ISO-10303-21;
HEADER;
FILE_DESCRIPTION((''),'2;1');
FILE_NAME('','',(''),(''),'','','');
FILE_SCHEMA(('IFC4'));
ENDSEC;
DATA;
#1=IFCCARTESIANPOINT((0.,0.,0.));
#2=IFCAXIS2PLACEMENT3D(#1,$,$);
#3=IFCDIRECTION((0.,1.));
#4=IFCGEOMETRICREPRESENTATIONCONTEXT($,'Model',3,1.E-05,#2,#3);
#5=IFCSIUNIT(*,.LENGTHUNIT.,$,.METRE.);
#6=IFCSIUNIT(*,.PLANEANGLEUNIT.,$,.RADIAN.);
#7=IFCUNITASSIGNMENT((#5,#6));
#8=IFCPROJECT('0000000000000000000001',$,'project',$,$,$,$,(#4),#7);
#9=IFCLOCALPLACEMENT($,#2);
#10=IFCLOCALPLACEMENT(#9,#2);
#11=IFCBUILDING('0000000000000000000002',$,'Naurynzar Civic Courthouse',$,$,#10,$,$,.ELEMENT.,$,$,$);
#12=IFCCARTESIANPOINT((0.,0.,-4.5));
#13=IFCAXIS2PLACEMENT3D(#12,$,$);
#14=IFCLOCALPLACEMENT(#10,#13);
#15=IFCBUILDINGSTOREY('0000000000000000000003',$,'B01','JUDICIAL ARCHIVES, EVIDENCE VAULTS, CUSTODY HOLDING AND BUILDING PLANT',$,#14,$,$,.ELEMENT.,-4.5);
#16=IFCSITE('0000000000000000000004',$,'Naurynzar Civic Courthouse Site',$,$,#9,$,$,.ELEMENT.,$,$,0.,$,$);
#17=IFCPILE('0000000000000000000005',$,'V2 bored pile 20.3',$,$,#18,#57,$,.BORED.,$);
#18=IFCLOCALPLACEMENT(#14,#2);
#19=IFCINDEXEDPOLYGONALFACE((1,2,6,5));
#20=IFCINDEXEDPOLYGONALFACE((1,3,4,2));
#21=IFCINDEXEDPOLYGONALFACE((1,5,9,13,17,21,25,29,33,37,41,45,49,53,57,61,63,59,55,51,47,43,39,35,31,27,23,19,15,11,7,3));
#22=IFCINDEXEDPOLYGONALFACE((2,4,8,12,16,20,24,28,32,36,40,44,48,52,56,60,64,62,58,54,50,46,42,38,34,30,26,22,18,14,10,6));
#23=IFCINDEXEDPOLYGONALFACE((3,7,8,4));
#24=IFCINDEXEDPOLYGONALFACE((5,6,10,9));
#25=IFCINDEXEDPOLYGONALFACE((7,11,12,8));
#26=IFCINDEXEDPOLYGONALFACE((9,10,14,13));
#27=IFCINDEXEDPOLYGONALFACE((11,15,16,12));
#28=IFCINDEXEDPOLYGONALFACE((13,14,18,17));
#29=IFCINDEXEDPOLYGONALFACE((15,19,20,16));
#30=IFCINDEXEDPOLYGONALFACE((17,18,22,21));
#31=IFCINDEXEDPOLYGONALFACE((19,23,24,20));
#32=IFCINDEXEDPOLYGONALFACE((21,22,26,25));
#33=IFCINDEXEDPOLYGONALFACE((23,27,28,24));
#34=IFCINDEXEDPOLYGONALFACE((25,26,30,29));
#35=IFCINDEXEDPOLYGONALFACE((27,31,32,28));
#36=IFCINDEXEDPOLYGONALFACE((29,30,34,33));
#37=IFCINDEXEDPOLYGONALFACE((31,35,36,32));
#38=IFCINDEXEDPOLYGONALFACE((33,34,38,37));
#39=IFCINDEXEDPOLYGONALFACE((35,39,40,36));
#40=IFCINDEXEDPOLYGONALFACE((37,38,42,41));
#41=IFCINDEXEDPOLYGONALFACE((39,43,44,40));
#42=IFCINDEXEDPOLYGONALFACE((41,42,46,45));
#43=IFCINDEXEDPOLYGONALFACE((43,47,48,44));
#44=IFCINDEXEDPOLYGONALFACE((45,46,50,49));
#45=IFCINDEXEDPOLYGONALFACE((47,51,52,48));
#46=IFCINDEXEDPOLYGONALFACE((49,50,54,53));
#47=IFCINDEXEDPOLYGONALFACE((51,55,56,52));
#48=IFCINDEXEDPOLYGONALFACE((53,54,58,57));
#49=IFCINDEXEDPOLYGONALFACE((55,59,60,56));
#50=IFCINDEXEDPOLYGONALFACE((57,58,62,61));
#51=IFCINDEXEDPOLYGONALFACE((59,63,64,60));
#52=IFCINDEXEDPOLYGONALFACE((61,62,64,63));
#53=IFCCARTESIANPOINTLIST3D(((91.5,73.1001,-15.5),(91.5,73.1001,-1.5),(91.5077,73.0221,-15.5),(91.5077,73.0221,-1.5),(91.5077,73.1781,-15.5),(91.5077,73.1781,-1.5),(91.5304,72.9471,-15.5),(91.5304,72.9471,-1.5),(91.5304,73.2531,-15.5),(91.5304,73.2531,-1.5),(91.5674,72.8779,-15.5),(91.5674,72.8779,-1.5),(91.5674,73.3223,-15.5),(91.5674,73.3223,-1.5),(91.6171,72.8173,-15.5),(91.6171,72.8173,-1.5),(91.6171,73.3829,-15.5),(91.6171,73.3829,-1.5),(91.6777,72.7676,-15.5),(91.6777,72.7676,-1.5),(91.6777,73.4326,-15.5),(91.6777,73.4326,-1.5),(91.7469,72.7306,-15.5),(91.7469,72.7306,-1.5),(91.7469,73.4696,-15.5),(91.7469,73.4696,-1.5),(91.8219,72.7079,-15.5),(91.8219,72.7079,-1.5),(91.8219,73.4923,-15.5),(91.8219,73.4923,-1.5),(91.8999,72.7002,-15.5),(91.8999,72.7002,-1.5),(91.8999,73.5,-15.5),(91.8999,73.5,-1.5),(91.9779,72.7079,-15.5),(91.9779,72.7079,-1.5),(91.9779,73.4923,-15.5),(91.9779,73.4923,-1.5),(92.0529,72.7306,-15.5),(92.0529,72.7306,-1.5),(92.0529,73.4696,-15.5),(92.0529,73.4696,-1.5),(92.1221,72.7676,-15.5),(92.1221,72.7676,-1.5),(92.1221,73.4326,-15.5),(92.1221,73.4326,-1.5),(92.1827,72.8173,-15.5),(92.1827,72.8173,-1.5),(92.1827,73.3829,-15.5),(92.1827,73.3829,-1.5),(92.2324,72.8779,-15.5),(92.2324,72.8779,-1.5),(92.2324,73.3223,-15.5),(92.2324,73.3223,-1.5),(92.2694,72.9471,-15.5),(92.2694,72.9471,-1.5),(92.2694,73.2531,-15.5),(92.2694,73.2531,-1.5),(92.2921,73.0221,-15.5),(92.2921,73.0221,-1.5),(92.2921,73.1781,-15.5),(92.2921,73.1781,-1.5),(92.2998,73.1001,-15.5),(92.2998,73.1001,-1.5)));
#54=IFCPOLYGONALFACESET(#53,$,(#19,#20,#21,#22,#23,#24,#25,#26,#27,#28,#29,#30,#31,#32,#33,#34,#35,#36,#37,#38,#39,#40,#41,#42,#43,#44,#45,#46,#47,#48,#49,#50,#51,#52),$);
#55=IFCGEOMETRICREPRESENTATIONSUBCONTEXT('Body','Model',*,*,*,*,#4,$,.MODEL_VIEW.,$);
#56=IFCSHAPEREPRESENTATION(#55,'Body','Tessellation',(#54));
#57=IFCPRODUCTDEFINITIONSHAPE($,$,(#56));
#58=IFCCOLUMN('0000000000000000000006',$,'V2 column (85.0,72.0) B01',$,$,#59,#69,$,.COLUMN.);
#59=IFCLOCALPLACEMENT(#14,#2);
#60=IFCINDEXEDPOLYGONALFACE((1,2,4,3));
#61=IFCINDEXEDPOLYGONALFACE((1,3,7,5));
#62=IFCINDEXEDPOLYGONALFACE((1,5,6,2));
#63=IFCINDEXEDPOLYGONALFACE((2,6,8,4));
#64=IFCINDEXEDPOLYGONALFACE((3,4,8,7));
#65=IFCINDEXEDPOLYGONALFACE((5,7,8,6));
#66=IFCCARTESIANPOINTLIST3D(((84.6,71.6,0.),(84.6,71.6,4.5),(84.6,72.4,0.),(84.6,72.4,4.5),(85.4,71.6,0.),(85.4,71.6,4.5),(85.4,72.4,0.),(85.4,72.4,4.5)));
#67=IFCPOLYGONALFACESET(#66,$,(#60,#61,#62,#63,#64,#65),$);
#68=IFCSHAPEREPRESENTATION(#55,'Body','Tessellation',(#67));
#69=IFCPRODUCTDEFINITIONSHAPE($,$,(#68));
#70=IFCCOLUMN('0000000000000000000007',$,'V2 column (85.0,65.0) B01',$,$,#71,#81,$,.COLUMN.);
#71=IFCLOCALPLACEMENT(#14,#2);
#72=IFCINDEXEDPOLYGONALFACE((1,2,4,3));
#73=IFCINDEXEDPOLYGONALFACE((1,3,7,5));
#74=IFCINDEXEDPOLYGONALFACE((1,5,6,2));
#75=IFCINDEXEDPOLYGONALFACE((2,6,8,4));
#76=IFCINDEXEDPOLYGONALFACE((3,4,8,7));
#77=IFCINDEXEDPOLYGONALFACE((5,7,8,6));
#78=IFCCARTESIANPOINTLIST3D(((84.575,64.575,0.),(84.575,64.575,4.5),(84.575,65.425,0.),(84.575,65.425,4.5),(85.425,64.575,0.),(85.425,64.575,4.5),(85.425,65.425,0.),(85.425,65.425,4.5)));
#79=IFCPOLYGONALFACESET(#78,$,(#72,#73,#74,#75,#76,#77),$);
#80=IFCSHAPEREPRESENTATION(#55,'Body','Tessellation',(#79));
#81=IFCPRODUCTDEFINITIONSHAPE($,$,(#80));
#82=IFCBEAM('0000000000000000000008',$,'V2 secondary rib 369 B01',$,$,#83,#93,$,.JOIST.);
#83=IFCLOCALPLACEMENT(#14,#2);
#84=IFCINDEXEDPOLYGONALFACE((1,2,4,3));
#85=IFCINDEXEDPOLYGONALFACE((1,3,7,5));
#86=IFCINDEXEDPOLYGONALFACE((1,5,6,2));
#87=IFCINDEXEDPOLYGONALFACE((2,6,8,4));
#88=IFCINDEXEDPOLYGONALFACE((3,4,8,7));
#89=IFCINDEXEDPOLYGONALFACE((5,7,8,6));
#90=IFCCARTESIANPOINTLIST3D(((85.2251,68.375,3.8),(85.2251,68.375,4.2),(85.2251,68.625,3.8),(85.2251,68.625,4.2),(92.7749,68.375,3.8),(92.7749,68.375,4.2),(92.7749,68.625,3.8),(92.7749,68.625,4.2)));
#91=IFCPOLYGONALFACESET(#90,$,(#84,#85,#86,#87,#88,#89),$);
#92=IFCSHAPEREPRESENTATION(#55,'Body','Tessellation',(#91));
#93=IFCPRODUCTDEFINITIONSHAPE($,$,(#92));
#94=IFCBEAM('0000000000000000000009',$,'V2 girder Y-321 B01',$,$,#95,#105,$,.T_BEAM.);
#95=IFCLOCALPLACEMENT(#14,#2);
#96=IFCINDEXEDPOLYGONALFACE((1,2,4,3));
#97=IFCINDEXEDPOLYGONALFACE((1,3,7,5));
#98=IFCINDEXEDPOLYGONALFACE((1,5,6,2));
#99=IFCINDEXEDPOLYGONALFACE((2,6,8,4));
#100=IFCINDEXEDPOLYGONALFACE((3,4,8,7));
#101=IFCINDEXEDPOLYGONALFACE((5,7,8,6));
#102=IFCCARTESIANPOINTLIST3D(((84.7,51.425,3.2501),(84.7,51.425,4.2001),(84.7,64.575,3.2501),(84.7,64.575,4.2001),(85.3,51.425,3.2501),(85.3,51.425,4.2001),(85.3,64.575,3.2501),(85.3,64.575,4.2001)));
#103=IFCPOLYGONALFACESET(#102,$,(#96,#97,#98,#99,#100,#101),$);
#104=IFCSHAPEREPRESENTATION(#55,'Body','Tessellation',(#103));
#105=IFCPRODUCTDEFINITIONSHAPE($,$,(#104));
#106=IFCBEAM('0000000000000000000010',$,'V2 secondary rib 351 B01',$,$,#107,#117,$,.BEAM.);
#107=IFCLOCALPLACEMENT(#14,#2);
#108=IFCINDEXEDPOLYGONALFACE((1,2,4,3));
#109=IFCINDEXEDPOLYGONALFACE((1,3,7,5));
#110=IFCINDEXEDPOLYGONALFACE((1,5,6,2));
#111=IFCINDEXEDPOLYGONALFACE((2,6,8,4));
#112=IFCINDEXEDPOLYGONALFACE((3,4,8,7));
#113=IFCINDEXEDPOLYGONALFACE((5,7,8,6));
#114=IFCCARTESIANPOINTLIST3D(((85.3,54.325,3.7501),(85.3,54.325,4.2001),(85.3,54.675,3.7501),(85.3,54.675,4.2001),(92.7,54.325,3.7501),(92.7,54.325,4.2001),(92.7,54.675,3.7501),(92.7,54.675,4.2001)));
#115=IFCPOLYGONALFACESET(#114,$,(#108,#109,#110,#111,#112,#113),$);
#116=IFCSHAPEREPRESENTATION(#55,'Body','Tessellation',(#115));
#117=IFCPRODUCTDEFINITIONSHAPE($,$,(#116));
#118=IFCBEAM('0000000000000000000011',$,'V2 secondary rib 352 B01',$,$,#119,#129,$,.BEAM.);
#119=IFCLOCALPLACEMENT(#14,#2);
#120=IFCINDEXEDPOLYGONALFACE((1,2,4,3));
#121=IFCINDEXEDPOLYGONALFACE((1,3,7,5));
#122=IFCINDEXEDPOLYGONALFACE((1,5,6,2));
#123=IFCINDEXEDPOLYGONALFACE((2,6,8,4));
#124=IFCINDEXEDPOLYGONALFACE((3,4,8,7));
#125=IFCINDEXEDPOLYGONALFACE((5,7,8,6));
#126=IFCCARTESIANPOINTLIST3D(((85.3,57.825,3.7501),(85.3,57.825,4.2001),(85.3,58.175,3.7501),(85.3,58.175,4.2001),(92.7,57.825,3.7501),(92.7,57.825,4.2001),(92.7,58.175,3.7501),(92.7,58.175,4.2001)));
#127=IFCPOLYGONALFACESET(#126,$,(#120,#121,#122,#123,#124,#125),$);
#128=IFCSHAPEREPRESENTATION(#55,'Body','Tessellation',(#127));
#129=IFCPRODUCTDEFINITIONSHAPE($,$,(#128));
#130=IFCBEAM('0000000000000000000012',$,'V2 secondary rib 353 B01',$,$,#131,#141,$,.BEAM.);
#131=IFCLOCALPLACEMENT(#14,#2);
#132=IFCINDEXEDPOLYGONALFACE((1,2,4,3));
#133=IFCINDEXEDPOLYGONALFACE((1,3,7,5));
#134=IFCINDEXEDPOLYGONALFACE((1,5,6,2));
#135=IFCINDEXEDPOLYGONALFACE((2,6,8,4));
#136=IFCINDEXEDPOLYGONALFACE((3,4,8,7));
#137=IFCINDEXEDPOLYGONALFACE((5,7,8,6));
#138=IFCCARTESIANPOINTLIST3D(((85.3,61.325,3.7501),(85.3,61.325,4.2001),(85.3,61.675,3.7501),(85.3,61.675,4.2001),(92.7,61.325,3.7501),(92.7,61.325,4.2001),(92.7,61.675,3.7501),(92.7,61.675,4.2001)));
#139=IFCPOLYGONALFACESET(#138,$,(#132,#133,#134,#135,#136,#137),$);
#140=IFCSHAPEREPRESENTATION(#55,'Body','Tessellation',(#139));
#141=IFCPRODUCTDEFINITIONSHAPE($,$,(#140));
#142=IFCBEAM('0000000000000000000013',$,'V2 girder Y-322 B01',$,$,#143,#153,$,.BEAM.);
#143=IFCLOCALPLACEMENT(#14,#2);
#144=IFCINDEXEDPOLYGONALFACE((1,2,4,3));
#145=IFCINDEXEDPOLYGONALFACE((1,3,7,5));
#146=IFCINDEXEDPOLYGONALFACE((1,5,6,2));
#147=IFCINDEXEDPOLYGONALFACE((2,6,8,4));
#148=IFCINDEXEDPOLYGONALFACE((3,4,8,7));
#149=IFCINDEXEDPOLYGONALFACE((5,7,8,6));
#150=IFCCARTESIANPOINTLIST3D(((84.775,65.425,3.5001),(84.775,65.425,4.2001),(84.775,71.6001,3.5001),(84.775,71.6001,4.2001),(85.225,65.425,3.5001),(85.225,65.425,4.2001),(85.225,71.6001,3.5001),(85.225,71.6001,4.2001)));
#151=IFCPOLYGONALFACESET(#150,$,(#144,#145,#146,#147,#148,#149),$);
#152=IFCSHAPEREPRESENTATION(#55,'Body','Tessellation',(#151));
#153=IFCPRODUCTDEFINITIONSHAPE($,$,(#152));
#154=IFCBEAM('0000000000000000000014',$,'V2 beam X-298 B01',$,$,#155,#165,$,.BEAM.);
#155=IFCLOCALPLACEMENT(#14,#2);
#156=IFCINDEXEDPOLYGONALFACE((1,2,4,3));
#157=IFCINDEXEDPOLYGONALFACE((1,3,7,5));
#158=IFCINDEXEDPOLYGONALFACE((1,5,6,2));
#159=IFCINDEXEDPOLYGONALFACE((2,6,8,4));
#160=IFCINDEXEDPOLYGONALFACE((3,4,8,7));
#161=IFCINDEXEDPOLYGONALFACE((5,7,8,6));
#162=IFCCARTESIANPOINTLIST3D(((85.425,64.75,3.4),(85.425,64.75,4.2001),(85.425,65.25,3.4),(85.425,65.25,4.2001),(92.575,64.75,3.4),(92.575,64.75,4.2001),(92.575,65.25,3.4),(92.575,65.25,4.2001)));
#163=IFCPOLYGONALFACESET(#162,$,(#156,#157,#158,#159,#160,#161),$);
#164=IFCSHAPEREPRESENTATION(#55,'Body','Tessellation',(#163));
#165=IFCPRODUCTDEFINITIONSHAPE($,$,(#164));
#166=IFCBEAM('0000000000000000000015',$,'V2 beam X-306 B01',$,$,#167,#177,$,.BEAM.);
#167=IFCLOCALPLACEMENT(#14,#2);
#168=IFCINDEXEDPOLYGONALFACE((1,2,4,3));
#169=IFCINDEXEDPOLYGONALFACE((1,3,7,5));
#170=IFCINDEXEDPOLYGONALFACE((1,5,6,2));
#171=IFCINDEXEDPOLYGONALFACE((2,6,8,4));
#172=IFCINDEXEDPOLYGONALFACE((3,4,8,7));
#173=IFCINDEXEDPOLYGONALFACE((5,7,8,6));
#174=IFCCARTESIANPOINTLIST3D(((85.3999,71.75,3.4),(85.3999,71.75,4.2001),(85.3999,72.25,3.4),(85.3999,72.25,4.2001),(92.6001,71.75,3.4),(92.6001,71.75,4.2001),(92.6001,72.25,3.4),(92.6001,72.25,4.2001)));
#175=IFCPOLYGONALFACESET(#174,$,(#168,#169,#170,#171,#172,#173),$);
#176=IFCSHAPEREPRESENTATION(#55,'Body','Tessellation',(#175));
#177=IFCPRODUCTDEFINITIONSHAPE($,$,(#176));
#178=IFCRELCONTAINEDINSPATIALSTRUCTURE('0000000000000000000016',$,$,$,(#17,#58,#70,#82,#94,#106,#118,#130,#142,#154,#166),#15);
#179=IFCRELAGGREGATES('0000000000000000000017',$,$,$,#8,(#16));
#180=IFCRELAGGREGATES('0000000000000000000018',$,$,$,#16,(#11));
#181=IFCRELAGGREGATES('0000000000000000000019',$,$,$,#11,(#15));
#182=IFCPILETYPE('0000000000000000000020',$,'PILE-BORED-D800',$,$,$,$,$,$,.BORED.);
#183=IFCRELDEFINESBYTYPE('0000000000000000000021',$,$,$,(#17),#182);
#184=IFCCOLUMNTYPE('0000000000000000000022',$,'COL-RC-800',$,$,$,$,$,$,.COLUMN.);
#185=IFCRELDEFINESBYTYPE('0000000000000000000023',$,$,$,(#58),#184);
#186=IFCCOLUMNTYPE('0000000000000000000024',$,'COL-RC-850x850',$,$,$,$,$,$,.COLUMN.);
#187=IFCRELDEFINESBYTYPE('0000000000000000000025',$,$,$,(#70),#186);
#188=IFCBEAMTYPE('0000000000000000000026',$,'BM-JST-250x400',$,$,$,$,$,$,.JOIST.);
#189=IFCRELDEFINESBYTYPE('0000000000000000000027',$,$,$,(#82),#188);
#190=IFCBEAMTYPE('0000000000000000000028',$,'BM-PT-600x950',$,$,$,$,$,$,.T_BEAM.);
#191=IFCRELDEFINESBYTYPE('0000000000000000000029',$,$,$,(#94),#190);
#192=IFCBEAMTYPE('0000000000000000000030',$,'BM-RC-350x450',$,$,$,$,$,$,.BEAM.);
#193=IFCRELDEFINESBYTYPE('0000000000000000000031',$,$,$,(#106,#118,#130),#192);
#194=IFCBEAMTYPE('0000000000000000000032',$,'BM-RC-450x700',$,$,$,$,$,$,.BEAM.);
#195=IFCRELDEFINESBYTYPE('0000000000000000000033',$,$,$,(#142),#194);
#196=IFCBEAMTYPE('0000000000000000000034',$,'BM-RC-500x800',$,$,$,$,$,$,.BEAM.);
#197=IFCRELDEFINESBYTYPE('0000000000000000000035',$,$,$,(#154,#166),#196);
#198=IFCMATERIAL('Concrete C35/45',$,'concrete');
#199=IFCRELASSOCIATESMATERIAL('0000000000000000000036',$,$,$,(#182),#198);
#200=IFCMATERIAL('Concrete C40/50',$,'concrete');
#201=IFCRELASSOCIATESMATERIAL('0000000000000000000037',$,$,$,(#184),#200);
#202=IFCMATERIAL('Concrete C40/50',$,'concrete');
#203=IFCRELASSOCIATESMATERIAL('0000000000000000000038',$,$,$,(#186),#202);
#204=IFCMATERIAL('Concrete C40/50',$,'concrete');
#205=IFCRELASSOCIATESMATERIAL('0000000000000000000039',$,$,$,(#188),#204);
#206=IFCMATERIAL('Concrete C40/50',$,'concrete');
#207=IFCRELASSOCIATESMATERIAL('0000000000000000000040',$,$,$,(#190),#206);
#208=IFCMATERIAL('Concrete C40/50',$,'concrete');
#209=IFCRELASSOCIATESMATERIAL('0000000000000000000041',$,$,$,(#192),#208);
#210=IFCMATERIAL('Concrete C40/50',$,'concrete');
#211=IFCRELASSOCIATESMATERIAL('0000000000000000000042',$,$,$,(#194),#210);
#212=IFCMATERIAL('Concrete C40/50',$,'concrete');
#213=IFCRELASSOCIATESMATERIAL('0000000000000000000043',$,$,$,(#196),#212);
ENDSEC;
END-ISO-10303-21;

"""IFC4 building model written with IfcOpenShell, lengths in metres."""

from ifc_helpers import new_model, si_unit, direction, frame, origin, origin_2d, place, context, subcontext, project, spatial, rectangle, circle, extrude, material, material_profile, profile_set, type_object, element, save


model = new_model("IFC4")

# Units and contexts
model_context = context("Model", 3, precision=1e-05, world=origin(), true_north=direction((0.0, 1.0)))
body_context = subcontext(model_context, "Body", "Model", "MODEL_VIEW")
ifc_project = project(units=[si_unit("LENGTHUNIT", "METRE"), si_unit("PLANEANGLEUNIT", "RADIAN")], contexts=[model_context])

# Site, building, storey
site_placement = place(None, origin())
site = spatial("IfcSite", under=ifc_project, at=site_placement, Name="Naurynzar Civic Courthouse Site", CompositionType="ELEMENT", RefElevation=0.0)
building_placement = place(site_placement, origin())
building = spatial("IfcBuilding", under=site, at=building_placement, Name="Naurynzar Civic Courthouse", CompositionType="ELEMENT")
storey_placement = place(building_placement, frame((0.0, 0.0, -4.5)))
storey = spatial("IfcBuildingStorey", under=building, at=storey_placement, Name="B01", Description="JUDICIAL ARCHIVES, EVIDENCE VAULTS, CUSTODY HOLDING AND BUILDING PLANT", CompositionType="ELEMENT", Elevation=-4.5)

# Pile
ifc_material_1 = material(Name="Concrete C35/45", Category="concrete")
ifc_material_profile_1 = material_profile(ifc_material_1, circle(Radius=0.3999, at=origin_2d()), Name="PILE D800")
ifc_profile_set_1 = profile_set([ifc_material_profile_1], Name="Concrete C35/45")
pile_type_1 = type_object("IfcPileType", Name="PILE-BORED-D800", PredefinedType="BORED", material=ifc_profile_set_1)
for number, where, z_axis, x_axis, name in (
    (1, (91.8999, 73.1001, -1.5), (0.0, 0.0, -1.0), (1.0, 0.0, 0.0), "V2 bored pile 20.3"),
):
    element("IfcPile", number, at=place(storey_placement, frame(where, z_axis=z_axis, x_axis=x_axis)), inside=storey, type_object=pile_type_1, Name=name, PredefinedType="BORED", context=body_context, shape_type="SweptSolid", body=[
        extrude(circle(Radius=0.3999, at=origin_2d()), origin(), (0.0, 0.0, 1.0), 14.0),
    ])

# Columns
ifc_material_2 = material(Name="Concrete C40/50", Category="concrete")
ifc_material_profile_2 = material_profile(ifc_material_2, rectangle(XDim=0.8, YDim=0.8, at=origin_2d()), Name="RC 800x800")
ifc_profile_set_2 = profile_set([ifc_material_profile_2], Name="Concrete C40/50")
column_type_1 = type_object("IfcColumnType", Name="COL-RC-800", PredefinedType="COLUMN", material=ifc_profile_set_2)
column_1_placement = place(storey_placement, frame((85.0, 72.0, 0.0), z_axis=(0.0, 0.0, 1.0), x_axis=(1.0, 0.0, 0.0)))
element("IfcColumn", 2, at=column_1_placement, inside=storey, type_object=column_type_1, Name="V2 column (85.0,72.0) B01", PredefinedType="COLUMN", context=body_context, shape_type="SweptSolid", body=[
    extrude(rectangle(XDim=0.8, YDim=0.8, at=origin_2d()), origin(), (0.0, 0.0, 1.0), 4.5),
])
ifc_material_3 = material(Name="Concrete C40/50", Category="concrete")
ifc_material_profile_3 = material_profile(ifc_material_3, rectangle(XDim=0.8501, YDim=0.8501, at=origin_2d()), Name="RC 850x850")
ifc_profile_set_3 = profile_set([ifc_material_profile_3], Name="Concrete C40/50")
column_type_2 = type_object("IfcColumnType", Name="COL-RC-850x850", PredefinedType="COLUMN", material=ifc_profile_set_3)
column_2_placement = place(storey_placement, frame((85.0, 65.0, 0.0), z_axis=(0.0, 0.0, 1.0), x_axis=(1.0, 0.0, 0.0)))
element("IfcColumn", 3, at=column_2_placement, inside=storey, type_object=column_type_2, Name="V2 column (85.0,65.0) B01", PredefinedType="COLUMN", context=body_context, shape_type="SweptSolid", body=[
    extrude(rectangle(XDim=0.8501, YDim=0.8501, at=origin_2d()), origin(), (0.0, 0.0, 1.0), 4.5),
])

# Beams
ifc_material_4 = material(Name="Concrete C40/50", Category="concrete")
ifc_material_profile_4 = material_profile(ifc_material_4, rectangle(XDim=0.25, YDim=0.3999, at=origin_2d()), Name="RCB 250x400")
ifc_profile_set_4 = profile_set([ifc_material_profile_4], Name="Concrete C40/50")
beam_type_1 = type_object("IfcBeamType", Name="BM-JST-250x400", PredefinedType="JOIST", material=ifc_profile_set_4)
beam_1_placement = place(storey_placement, frame((85.2251, 68.5, 4.0), z_axis=(1.0, 0.0, 0.0), x_axis=(0.0, 1.0, 0.0)))
element("IfcBeam", 4, at=beam_1_placement, inside=storey, type_object=beam_type_1, Name="V2 secondary rib 369 B01", PredefinedType="JOIST", context=body_context, shape_type="SweptSolid", body=[
    extrude(rectangle(XDim=0.25, YDim=0.3999, at=origin_2d()), origin(), (0.0, 0.0, 1.0), 7.5498),
])
ifc_material_5 = material(Name="Concrete C40/50", Category="concrete")
ifc_material_profile_5 = material_profile(ifc_material_5, rectangle(XDim=0.6001, YDim=0.95, at=origin_2d()), Name="PTB 600x950")
ifc_profile_set_5 = profile_set([ifc_material_profile_5], Name="Concrete C40/50")
beam_type_2 = type_object("IfcBeamType", Name="BM-PT-600x950", PredefinedType="T_BEAM", material=ifc_profile_set_5)
beam_2_placement = place(storey_placement, frame((85.0, 51.425, 3.7251), z_axis=(0.0, 1.0, 0.0), x_axis=(-1.0, 0.0, 0.0)))
element("IfcBeam", 5, at=beam_2_placement, inside=storey, type_object=beam_type_2, Name="V2 girder Y-321 B01", PredefinedType="T_BEAM", context=body_context, shape_type="SweptSolid", body=[
    extrude(rectangle(XDim=0.6001, YDim=0.95, at=origin_2d()), origin(), (0.0, 0.0, 1.0), 13.1499),
])
ifc_material_6 = material(Name="Concrete C40/50", Category="concrete")
ifc_material_profile_6 = material_profile(ifc_material_6, rectangle(XDim=0.3501, YDim=0.45, at=origin_2d()), Name="RCB 350x450")
ifc_profile_set_6 = profile_set([ifc_material_profile_6], Name="Concrete C40/50")
beam_type_3 = type_object("IfcBeamType", Name="BM-RC-350x450", PredefinedType="BEAM", material=ifc_profile_set_6)
for number, where, z_axis, x_axis, name in (
    (6, (85.3, 54.5, 3.9751), (1.0, 0.0, 0.0), (0.0, 1.0, 0.0), "V2 secondary rib 351 B01"),
    (7, (85.3, 58.0, 3.9751), (1.0, 0.0, 0.0), (0.0, 1.0, 0.0), "V2 secondary rib 352 B01"),
    (8, (85.3, 61.5, 3.9751), (1.0, 0.0, 0.0), (0.0, 1.0, 0.0), "V2 secondary rib 353 B01"),
):
    element("IfcBeam", number, at=place(storey_placement, frame(where, z_axis=z_axis, x_axis=x_axis)), inside=storey, type_object=beam_type_3, Name=name, PredefinedType="BEAM", context=body_context, shape_type="SweptSolid", body=[
        extrude(rectangle(XDim=0.3501, YDim=0.45, at=origin_2d()), origin(), (0.0, 0.0, 1.0), 7.3999),
    ])
ifc_material_7 = material(Name="Concrete C40/50", Category="concrete")
ifc_material_profile_7 = material_profile(ifc_material_7, rectangle(XDim=0.45, YDim=0.7, at=origin_2d()), Name="RCB 450x700")
ifc_profile_set_7 = profile_set([ifc_material_profile_7], Name="Concrete C40/50")
beam_type_4 = type_object("IfcBeamType", Name="BM-RC-450x700", PredefinedType="BEAM", material=ifc_profile_set_7)
beam_3_placement = place(storey_placement, frame((85.0, 65.425, 3.8501), z_axis=(0.0, 1.0, 0.0), x_axis=(-1.0, 0.0, 0.0)))
element("IfcBeam", 9, at=beam_3_placement, inside=storey, type_object=beam_type_4, Name="V2 girder Y-322 B01", PredefinedType="BEAM", context=body_context, shape_type="SweptSolid", body=[
    extrude(rectangle(XDim=0.45, YDim=0.7, at=origin_2d()), origin(), (0.0, 0.0, 1.0), 6.175),
])
ifc_material_8 = material(Name="Concrete C40/50", Category="concrete")
ifc_material_profile_8 = material_profile(ifc_material_8, rectangle(XDim=0.5, YDim=0.8, at=origin_2d()), Name="RCB 500x800")
ifc_profile_set_8 = profile_set([ifc_material_profile_8], Name="Concrete C40/50")
beam_type_5 = type_object("IfcBeamType", Name="BM-RC-500x800", PredefinedType="BEAM", material=ifc_profile_set_8)
beam_4_placement = place(storey_placement, frame((85.425, 65.0, 3.8), z_axis=(1.0, 0.0, 0.0), x_axis=(0.0, 1.0, 0.0)))
element("IfcBeam", 10, at=beam_4_placement, inside=storey, type_object=beam_type_5, Name="V2 beam X-298 B01", PredefinedType="BEAM", context=body_context, shape_type="SweptSolid", body=[
    extrude(rectangle(XDim=0.5, YDim=0.8, at=origin_2d()), origin(), (0.0, 0.0, 1.0), 7.1499),
])
beam_5_placement = place(storey_placement, frame((85.3999, 72.0, 3.8), z_axis=(1.0, 0.0, 0.0), x_axis=(0.0, 1.0, 0.0)))
element("IfcBeam", 11, at=beam_5_placement, inside=storey, type_object=beam_type_5, Name="V2 beam X-306 B01", PredefinedType="BEAM", context=body_context, shape_type="SweptSolid", body=[
    extrude(rectangle(XDim=0.5, YDim=0.8, at=origin_2d()), origin(), (0.0, 0.0, 1.0), 7.2002),
])

save(model, "model.ifc")
